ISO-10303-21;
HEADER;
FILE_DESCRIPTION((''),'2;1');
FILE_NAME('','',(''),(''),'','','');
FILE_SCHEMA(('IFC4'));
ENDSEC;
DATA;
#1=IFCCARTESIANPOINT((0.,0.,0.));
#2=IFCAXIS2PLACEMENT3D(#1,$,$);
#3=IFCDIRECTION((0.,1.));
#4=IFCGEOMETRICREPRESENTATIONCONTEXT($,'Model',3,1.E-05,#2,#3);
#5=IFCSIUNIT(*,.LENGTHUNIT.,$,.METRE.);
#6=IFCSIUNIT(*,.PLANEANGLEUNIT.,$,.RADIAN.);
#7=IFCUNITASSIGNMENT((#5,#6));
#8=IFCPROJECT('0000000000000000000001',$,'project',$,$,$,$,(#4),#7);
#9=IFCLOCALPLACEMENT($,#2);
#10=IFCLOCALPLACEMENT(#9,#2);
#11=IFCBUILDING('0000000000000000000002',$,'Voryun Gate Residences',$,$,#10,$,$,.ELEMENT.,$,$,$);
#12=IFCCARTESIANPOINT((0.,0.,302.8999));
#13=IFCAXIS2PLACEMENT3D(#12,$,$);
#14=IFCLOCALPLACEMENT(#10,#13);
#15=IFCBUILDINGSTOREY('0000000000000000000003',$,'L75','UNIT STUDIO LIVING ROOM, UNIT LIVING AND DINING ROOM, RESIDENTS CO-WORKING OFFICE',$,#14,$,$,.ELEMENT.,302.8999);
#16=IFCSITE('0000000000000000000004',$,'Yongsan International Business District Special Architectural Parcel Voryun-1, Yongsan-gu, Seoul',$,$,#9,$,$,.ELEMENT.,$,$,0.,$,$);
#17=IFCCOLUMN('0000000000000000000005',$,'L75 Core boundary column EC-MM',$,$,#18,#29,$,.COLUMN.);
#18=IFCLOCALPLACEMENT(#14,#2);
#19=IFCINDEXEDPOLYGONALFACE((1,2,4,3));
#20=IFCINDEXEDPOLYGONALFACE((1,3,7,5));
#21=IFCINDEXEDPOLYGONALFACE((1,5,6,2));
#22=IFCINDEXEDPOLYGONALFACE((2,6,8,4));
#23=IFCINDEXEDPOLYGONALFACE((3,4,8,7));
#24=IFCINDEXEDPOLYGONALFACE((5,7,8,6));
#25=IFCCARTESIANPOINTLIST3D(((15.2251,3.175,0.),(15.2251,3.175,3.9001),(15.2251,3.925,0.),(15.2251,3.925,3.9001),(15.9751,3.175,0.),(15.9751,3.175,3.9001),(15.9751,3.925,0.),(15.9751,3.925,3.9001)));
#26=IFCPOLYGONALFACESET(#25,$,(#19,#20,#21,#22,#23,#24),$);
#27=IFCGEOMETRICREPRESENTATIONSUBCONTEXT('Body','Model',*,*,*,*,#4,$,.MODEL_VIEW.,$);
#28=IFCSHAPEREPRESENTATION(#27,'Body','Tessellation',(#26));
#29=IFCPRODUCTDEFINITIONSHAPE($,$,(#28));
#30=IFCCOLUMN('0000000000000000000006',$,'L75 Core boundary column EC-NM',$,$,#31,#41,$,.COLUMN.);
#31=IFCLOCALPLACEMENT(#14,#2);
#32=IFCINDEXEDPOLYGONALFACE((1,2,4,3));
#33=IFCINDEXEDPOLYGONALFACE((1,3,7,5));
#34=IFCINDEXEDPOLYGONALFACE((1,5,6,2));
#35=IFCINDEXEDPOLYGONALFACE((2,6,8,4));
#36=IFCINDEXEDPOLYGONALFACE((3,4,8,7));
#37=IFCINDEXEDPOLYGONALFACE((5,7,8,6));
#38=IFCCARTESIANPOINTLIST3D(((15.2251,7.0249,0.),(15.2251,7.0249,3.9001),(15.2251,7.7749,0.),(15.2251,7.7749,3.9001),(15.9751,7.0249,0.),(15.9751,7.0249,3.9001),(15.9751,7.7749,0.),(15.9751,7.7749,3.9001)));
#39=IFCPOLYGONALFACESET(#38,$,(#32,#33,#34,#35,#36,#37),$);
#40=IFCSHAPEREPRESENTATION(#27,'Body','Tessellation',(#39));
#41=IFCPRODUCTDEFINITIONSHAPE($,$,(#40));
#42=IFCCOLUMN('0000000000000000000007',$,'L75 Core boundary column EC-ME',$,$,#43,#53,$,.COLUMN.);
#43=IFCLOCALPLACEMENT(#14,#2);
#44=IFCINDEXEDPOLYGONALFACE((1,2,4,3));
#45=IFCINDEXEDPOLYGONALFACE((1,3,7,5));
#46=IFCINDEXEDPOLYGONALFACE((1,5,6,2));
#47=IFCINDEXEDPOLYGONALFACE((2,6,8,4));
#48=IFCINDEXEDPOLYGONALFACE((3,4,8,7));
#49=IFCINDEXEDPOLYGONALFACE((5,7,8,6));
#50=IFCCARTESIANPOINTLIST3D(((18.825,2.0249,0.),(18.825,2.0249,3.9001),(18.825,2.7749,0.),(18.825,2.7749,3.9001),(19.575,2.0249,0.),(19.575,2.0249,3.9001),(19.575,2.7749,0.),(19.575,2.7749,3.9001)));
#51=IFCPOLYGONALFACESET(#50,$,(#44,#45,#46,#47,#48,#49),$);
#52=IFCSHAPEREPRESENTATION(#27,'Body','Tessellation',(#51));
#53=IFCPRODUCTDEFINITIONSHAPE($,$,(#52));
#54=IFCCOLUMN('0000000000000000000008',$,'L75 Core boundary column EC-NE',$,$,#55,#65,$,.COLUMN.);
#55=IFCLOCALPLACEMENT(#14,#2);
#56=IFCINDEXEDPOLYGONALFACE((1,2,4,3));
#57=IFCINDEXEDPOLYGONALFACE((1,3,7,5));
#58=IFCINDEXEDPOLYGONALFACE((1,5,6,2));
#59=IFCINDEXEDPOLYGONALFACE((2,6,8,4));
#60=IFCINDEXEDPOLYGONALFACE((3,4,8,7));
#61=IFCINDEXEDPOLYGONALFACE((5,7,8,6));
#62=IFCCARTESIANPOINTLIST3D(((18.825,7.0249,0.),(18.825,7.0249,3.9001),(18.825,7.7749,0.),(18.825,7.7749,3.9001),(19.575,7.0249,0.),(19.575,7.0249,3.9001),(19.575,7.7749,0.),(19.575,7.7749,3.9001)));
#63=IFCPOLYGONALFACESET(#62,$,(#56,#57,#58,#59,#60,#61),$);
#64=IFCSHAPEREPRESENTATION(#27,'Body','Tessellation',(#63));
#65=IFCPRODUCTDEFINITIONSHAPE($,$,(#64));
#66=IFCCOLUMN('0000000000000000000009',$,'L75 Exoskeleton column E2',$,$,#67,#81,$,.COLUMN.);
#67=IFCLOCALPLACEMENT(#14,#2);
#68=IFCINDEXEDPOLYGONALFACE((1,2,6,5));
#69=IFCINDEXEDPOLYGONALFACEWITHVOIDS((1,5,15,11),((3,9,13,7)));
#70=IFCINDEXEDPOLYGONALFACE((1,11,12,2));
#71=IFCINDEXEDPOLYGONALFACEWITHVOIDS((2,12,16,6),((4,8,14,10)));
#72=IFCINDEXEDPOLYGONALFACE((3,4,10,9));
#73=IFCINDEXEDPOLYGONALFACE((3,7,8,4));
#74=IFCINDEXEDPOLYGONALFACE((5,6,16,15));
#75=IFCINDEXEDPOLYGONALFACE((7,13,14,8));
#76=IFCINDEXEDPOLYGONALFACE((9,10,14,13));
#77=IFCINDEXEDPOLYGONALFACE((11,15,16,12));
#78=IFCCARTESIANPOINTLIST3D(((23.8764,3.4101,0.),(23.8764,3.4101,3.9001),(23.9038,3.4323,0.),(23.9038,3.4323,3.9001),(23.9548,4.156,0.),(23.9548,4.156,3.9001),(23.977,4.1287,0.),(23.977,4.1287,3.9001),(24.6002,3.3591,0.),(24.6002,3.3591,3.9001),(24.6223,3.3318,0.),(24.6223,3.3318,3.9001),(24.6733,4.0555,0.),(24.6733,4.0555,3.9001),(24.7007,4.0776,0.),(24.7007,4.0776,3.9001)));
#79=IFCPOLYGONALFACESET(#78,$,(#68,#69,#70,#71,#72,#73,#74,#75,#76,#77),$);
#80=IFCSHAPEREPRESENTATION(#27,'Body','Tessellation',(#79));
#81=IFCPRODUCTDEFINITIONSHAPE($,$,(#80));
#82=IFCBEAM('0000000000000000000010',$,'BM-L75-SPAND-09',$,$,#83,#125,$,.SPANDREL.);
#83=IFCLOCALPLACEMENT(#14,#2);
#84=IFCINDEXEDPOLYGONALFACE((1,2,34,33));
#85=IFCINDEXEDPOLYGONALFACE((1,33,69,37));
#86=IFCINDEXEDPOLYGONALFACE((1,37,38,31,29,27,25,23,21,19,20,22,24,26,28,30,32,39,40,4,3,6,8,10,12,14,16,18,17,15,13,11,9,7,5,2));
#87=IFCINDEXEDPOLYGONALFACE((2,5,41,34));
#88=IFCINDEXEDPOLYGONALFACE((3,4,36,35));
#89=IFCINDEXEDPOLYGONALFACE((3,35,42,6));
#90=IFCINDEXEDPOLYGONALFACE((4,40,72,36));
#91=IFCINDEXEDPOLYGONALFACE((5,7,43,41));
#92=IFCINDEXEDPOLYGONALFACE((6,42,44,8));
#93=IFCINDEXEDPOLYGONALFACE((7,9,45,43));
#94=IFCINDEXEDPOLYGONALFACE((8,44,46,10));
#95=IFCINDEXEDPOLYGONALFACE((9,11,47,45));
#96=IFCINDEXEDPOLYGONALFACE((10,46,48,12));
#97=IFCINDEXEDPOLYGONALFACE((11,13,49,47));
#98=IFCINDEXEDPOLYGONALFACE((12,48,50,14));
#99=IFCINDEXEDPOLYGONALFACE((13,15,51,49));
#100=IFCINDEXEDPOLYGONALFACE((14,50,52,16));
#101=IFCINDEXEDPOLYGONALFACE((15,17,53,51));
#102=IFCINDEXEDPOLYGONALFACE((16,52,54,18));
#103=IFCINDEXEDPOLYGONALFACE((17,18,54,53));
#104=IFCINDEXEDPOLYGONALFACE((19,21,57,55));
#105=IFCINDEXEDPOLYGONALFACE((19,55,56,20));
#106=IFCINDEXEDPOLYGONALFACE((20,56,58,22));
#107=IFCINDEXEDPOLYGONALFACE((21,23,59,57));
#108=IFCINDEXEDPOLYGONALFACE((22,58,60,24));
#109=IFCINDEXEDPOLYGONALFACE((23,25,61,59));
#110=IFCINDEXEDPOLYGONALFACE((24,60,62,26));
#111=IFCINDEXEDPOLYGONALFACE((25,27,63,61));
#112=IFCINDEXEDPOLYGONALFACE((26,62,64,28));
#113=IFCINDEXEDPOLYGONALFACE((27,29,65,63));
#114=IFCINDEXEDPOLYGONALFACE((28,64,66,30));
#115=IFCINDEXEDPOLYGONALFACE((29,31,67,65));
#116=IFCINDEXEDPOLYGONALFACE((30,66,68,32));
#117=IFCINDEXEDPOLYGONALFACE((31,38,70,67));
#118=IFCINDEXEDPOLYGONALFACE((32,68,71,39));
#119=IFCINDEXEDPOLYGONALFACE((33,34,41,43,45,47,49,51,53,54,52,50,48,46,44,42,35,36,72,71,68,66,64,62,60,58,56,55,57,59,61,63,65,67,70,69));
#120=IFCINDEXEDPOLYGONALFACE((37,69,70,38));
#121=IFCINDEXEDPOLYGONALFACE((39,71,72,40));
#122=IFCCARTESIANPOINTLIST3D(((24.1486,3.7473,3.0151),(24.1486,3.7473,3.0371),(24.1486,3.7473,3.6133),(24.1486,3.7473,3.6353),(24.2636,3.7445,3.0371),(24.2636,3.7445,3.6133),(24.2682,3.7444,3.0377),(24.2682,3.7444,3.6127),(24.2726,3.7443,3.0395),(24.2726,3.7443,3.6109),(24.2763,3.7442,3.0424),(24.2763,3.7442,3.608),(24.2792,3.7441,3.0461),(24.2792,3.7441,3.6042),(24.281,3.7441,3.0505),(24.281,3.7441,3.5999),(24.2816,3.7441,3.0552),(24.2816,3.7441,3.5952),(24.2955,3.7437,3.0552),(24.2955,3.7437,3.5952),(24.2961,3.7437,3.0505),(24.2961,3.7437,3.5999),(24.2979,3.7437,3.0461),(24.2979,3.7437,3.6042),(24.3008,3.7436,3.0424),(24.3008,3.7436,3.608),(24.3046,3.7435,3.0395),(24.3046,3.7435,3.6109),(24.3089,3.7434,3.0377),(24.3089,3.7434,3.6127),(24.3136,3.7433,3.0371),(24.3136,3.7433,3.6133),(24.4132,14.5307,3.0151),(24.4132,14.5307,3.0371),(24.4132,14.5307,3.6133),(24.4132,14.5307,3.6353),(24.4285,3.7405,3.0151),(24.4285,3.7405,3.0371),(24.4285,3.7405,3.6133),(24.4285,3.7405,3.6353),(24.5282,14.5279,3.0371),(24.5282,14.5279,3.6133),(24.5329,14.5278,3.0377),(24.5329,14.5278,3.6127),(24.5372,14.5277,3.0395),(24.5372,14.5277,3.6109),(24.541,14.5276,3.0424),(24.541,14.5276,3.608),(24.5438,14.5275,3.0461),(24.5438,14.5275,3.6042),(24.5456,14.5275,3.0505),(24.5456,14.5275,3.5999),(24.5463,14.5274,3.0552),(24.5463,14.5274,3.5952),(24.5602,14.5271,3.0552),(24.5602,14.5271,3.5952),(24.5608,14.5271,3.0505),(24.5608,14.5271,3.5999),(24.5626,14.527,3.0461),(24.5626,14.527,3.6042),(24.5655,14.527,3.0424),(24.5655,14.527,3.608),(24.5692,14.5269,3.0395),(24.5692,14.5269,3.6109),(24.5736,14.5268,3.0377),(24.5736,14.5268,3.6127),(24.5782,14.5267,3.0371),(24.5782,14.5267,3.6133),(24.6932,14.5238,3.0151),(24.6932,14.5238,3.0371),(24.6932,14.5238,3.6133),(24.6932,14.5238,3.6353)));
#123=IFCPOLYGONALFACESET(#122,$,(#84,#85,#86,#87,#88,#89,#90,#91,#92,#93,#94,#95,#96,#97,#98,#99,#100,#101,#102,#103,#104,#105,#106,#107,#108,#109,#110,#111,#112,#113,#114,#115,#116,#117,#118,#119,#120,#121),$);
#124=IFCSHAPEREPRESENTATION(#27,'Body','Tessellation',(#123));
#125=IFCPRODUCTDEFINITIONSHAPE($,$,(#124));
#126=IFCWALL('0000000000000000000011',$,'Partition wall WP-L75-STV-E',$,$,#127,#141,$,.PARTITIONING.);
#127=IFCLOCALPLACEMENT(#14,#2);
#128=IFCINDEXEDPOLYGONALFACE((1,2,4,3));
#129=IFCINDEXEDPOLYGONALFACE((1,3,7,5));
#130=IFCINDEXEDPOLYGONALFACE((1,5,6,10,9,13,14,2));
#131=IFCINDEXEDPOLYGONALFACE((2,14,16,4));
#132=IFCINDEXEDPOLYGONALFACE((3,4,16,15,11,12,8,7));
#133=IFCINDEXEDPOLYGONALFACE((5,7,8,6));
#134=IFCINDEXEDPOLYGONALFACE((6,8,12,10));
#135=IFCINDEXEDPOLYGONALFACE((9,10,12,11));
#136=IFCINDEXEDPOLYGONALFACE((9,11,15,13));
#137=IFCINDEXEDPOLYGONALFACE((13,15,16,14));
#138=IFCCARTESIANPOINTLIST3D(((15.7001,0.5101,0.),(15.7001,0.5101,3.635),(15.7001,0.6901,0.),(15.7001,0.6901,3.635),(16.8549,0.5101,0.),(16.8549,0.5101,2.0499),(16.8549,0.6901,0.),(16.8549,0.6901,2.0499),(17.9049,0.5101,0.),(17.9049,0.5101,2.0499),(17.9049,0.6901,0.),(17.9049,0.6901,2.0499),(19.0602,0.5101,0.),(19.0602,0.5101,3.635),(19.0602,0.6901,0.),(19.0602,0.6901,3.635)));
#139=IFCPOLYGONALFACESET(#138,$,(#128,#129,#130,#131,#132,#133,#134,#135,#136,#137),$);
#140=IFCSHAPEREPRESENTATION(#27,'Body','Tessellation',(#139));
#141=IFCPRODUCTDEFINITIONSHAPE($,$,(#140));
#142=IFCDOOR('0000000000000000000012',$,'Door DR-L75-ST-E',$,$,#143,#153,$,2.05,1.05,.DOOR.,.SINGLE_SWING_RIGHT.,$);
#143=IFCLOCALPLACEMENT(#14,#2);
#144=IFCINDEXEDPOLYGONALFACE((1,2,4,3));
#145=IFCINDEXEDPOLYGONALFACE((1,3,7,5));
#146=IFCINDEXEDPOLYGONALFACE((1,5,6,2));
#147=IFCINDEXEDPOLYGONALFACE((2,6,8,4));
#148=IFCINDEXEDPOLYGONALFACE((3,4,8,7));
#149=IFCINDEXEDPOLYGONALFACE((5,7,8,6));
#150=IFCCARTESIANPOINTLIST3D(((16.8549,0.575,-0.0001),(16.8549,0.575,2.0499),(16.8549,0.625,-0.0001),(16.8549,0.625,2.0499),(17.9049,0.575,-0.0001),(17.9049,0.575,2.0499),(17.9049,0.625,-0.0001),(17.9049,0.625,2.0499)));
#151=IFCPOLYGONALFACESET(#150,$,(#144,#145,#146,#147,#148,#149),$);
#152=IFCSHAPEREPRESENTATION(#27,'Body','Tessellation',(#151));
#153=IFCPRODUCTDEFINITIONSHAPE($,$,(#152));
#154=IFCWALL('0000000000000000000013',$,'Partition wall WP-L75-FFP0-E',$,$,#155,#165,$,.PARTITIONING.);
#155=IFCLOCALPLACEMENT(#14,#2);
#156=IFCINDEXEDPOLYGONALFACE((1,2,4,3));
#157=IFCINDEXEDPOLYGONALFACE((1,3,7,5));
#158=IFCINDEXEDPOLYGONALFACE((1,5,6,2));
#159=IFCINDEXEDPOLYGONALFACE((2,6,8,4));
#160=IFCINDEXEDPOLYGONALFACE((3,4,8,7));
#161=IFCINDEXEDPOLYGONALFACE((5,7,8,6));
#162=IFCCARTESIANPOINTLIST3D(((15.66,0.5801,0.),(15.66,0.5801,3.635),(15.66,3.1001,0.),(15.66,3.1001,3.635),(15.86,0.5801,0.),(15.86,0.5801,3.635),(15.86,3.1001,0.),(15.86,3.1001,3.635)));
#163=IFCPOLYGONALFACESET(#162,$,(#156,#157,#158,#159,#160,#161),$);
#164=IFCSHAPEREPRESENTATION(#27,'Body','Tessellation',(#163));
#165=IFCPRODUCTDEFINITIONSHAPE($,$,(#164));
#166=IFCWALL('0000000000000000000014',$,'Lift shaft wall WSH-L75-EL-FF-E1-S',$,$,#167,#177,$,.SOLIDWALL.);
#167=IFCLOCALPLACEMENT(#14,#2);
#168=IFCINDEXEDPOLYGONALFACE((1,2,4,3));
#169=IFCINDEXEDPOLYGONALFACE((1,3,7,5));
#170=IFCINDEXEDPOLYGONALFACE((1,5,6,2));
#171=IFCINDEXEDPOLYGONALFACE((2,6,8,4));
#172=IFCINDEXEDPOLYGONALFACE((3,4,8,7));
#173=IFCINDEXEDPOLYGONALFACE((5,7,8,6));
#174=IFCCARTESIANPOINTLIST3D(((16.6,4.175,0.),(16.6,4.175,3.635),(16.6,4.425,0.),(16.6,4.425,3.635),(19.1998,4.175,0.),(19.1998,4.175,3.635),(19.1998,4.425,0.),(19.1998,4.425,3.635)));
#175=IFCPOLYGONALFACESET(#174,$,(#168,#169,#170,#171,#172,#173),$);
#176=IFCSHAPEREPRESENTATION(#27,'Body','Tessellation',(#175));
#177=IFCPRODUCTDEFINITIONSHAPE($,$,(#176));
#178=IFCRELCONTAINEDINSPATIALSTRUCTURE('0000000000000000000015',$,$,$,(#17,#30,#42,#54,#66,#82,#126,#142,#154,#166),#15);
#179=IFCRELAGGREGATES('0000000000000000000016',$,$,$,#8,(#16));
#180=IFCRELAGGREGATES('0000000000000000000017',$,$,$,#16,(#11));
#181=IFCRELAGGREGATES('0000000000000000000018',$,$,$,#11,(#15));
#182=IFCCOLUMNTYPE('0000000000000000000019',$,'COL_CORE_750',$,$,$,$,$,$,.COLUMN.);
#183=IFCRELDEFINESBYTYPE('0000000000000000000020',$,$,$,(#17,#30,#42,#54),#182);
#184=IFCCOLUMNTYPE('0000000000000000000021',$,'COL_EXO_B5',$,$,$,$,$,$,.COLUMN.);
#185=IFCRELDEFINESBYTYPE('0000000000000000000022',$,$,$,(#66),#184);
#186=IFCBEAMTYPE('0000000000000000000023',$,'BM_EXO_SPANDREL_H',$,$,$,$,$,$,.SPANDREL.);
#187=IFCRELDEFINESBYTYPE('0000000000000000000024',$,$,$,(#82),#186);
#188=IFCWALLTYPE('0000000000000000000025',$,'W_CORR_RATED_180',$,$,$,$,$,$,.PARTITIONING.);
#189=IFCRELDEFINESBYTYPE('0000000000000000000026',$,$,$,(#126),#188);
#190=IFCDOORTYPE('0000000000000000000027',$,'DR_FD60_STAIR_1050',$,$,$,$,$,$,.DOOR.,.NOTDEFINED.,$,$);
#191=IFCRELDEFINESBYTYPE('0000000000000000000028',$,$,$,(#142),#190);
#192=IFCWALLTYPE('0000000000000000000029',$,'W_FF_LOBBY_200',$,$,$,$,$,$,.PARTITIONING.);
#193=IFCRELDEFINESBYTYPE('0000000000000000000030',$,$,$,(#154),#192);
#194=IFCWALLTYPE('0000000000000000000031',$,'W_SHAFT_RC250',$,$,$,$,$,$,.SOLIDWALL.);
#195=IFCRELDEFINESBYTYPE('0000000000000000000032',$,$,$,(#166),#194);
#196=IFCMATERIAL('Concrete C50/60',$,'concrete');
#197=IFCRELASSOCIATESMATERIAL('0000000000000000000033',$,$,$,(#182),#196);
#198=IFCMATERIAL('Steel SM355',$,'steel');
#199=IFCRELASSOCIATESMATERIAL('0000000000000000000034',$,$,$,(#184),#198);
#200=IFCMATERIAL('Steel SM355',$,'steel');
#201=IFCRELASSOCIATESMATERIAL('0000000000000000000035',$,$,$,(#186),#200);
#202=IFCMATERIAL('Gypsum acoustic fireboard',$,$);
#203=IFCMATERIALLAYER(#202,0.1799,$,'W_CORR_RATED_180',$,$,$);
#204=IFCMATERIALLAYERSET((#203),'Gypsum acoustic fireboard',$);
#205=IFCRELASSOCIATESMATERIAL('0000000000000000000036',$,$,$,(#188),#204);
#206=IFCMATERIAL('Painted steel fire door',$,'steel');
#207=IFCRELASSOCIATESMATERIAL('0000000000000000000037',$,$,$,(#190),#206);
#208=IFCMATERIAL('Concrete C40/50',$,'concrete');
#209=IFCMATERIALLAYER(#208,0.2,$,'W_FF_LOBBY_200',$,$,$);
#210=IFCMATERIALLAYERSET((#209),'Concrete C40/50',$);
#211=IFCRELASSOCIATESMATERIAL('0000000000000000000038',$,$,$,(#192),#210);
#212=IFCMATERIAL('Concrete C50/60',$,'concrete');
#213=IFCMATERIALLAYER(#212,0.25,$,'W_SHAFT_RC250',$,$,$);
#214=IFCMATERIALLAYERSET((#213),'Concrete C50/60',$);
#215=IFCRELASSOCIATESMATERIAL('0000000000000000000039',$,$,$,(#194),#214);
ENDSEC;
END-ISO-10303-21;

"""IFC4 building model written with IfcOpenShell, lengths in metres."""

from ifc_helpers import new_model, si_unit, direction, frame, frame_2d, origin, origin_2d, place, context, subcontext, project, spatial, rectangle, hollow_rectangle, i_section, extrude, material, layer, layer_set, material_profile, profile_set, type_object, element, fill, save


model = new_model("IFC4")

# Units and contexts
model_context = context("Model", 3, precision=1e-05, world=origin(), true_north=direction((0.0, 1.0)))
body_context = subcontext(model_context, "Body", "Model", "MODEL_VIEW")
ifc_project = project(units=[si_unit("LENGTHUNIT", "METRE"), si_unit("PLANEANGLEUNIT", "RADIAN")], contexts=[model_context])

# Site, building, storey
site_placement = place(None, origin())
site = spatial("IfcSite", under=ifc_project, at=site_placement, Name="Yongsan International Business District Special Architectural Parcel Voryun-1, Yongsan-gu, Seoul", CompositionType="ELEMENT", RefElevation=0.0)
building_placement = place(site_placement, origin())
building = spatial("IfcBuilding", under=site, at=building_placement, Name="Voryun Gate Residences", CompositionType="ELEMENT")
storey_placement = place(building_placement, frame((0.0, 0.0, 302.8999)))
storey = spatial("IfcBuildingStorey", under=building, at=storey_placement, Name="L75", Description="UNIT STUDIO LIVING ROOM, UNIT LIVING AND DINING ROOM, RESIDENTS CO-WORKING OFFICE", CompositionType="ELEMENT", Elevation=302.8999)

# Columns
ifc_material_1 = material(Name="Concrete C50/60", Category="concrete")
ifc_material_profile_1 = material_profile(ifc_material_1, rectangle(XDim=0.75, YDim=0.75, at=origin_2d()), Name="RC-750x750")
ifc_profile_set_1 = profile_set([ifc_material_profile_1], Name="Concrete C50/60")
column_type_1 = type_object("IfcColumnType", Name="COL_CORE_750", PredefinedType="COLUMN", material=ifc_profile_set_1)
for number, where, z_axis, x_axis, name in (
    (1, (15.6001, 3.55, 0.0), (0.0, 0.0, 1.0), (1.0, 0.0, 0.0), "L75 Core boundary column EC-MM"),
    (2, (15.6001, 7.3999, 0.0), (0.0, 0.0, 1.0), (1.0, 0.0, 0.0), "L75 Core boundary column EC-NM"),
    (3, (19.2, 2.3999, 0.0), (0.0, 0.0, 1.0), (1.0, 0.0, 0.0), "L75 Core boundary column EC-ME"),
    (4, (19.2, 7.3999, 0.0), (0.0, 0.0, 1.0), (1.0, 0.0, 0.0), "L75 Core boundary column EC-NE"),
):
    element("IfcColumn", number, at=place(storey_placement, frame(where, z_axis=z_axis, x_axis=x_axis)), inside=storey, type_object=column_type_1, Name=name, PredefinedType="COLUMN", context=body_context, shape_type="SweptSolid", body=[
        extrude(rectangle(XDim=0.75, YDim=0.75, at=origin_2d()), origin(), (0.0, 0.0, 1.0), 3.9001),
    ])
ifc_material_2 = material(Name="Steel SM355", Category="steel")
ifc_material_profile_2 = material_profile(ifc_material_2, hollow_rectangle(XDim=0.75, YDim=0.75, WallThickness=0.0249, at=origin_2d()), Name="BOX-750x750x25")
ifc_profile_set_2 = profile_set([ifc_material_profile_2], Name="Steel SM355")
column_type_2 = type_object("IfcColumnType", Name="COL_EXO_B5", PredefinedType="COLUMN", material=ifc_profile_set_2)
column_placement = place(storey_placement, frame((24.2886, 3.7439, 0.0), z_axis=(0.0, 0.0, 1.0), x_axis=(0.994522, -0.104528, 0.0)))
element("IfcColumn", 5, at=column_placement, inside=storey, type_object=column_type_2, Name="L75 Exoskeleton column E2", PredefinedType="COLUMN", context=body_context, shape_type="SweptSolid", body=[
    extrude(hollow_rectangle(XDim=0.75, YDim=0.75, WallThickness=0.0249, at=origin_2d()), origin(), (0.0, 0.0, 1.0), 3.9001),
])

# Beam
ifc_material_3 = material(Name="Steel SM355", Category="steel")
ifc_material_profile_3 = material_profile(ifc_material_3, i_section(OverallWidth=0.28, OverallDepth=0.6201, WebThickness=0.0139, FlangeThickness=0.022, FilletRadius=0.0181, at=origin_2d()), Name="H-620x280x14x22")
ifc_profile_set_3 = profile_set([ifc_material_profile_3], Name="Steel SM355")
beam_type = type_object("IfcBeamType", Name="BM_EXO_SPANDREL_H", PredefinedType="SPANDREL", material=ifc_profile_set_3)
beam_placement = place(storey_placement, frame((24.2886, 3.7439, 3.3252), z_axis=(0.024535, 0.999699, 0.0), x_axis=(-0.999699, 0.024535, 0.0)))
element("IfcBeam", 6, at=beam_placement, inside=storey, type_object=beam_type, Name="BM-L75-SPAND-09", PredefinedType="SPANDREL", context=body_context, shape_type="SweptSolid", body=[
    extrude(i_section(OverallWidth=0.28, OverallDepth=0.6201, WebThickness=0.0139, FlangeThickness=0.022, FilletRadius=0.0181, at=origin_2d()), origin(), (0.0, 0.0, 1.0), 10.7866),
])

# Wall, opening, door
ifc_material_4 = material(Name="Gypsum acoustic fireboard")
ifc_layer_1 = layer(ifc_material_4, 0.1799, Name="W_CORR_RATED_180")
ifc_layer_set_1 = layer_set([ifc_layer_1], Name="Gypsum acoustic fireboard")
wall_type_1 = type_object("IfcWallType", Name="W_CORR_RATED_180", PredefinedType="PARTITIONING", material=ifc_layer_set_1)
wall_1_placement = place(storey_placement, frame((15.7, 0.6001, 0.0), z_axis=(0.0, 0.0, 1.0), x_axis=(1.0, 0.0, 0.0)))
wall_1 = element("IfcWall", 7, at=wall_1_placement, inside=storey, type_object=wall_type_1, Name="Partition wall WP-L75-STV-E", PredefinedType="PARTITIONING", context=body_context, shape_type="SweptSolid", body=[
    extrude(rectangle(XDim=3.3601, YDim=0.1799, at=frame_2d((1.6802, 0.0))), origin(), (0.0, 0.0, 1.0), 3.635),
])
opening_1_placement = place(wall_1_placement, frame((1.155, 0.0, 0.0)))
opening_1 = element("IfcOpeningElement", 8, at=opening_1_placement, cuts=wall_1, PredefinedType="OPENING", context=body_context, shape_type="SweptSolid", body=[
    extrude(rectangle(XDim=1.05, YDim=2.05, at=frame_2d((0.5249, 1.0249))), frame((0.0, 0.0999, 0.0), z_axis=(0.0, -1.0, 0.0), x_axis=(1.0, 0.0, 0.0)), (0.0, 0.0, 1.0), 0.2),
])
ifc_material_5 = material(Name="Painted steel fire door", Category="steel")
door_type_1 = type_object("IfcDoorType", Name="DR_FD60_STAIR_1050", OperationType="NOTDEFINED", PredefinedType="DOOR", material=ifc_material_5)
door_1_placement = place(opening_1_placement, origin())
door_1 = element("IfcDoor", 9, at=door_1_placement, inside=storey, type_object=door_type_1, Name="Door DR-L75-ST-E", OperationType="SINGLE_SWING_RIGHT", OverallHeight=2.05, OverallWidth=1.05, PredefinedType="DOOR", context=body_context, shape_type="SweptSolid", body=[
    extrude(rectangle(XDim=1.05, YDim=2.05, at=frame_2d((0.5249, 1.0249))), frame((0.0, 0.0249, 0.0), z_axis=(0.0, -1.0, 0.0), x_axis=(1.0, 0.0, 0.0)), (0.0, 0.0, 1.0), 0.05),
])
fill(opening_1, door_1)

# Walls
ifc_material_6 = material(Name="Concrete C40/50", Category="concrete")
ifc_layer_2 = layer(ifc_material_6, 0.2, Name="W_FF_LOBBY_200")
ifc_layer_set_2 = layer_set([ifc_layer_2], Name="Concrete C40/50")
wall_type_2 = type_object("IfcWallType", Name="W_FF_LOBBY_200", PredefinedType="PARTITIONING", material=ifc_layer_set_2)
wall_2_placement = place(storey_placement, frame((15.76, 0.5801, 0.0), z_axis=(0.0, 0.0, 1.0), x_axis=(0.0, 1.0, 0.0)))
element("IfcWall", 10, at=wall_2_placement, inside=storey, type_object=wall_type_2, Name="Partition wall WP-L75-FFP0-E", PredefinedType="PARTITIONING", context=body_context, shape_type="SweptSolid", body=[
    extrude(rectangle(XDim=2.52, YDim=0.2, at=frame_2d((1.26, 0.0))), origin(), (0.0, 0.0, 1.0), 3.635),
])
ifc_material_7 = material(Name="Concrete C50/60", Category="concrete")
ifc_layer_3 = layer(ifc_material_7, 0.25, Name="W_SHAFT_RC250")
ifc_layer_set_3 = layer_set([ifc_layer_3], Name="Concrete C50/60")
wall_type_3 = type_object("IfcWallType", Name="W_SHAFT_RC250", PredefinedType="SOLIDWALL", material=ifc_layer_set_3)
wall_3_placement = place(storey_placement, frame((16.6001, 4.3, 0.0), z_axis=(0.0, 0.0, 1.0), x_axis=(1.0, 0.0, 0.0)))
element("IfcWall", 11, at=wall_3_placement, inside=storey, type_object=wall_type_3, Name="Lift shaft wall WSH-L75-EL-FF-E1-S", PredefinedType="SOLIDWALL", context=body_context, shape_type="SweptSolid", body=[
    extrude(rectangle(XDim=2.5999, YDim=0.25, at=frame_2d((1.2998, 0.0))), origin(), (0.0, 0.0, 1.0), 3.635),
])

save(model, "model.ifc")
